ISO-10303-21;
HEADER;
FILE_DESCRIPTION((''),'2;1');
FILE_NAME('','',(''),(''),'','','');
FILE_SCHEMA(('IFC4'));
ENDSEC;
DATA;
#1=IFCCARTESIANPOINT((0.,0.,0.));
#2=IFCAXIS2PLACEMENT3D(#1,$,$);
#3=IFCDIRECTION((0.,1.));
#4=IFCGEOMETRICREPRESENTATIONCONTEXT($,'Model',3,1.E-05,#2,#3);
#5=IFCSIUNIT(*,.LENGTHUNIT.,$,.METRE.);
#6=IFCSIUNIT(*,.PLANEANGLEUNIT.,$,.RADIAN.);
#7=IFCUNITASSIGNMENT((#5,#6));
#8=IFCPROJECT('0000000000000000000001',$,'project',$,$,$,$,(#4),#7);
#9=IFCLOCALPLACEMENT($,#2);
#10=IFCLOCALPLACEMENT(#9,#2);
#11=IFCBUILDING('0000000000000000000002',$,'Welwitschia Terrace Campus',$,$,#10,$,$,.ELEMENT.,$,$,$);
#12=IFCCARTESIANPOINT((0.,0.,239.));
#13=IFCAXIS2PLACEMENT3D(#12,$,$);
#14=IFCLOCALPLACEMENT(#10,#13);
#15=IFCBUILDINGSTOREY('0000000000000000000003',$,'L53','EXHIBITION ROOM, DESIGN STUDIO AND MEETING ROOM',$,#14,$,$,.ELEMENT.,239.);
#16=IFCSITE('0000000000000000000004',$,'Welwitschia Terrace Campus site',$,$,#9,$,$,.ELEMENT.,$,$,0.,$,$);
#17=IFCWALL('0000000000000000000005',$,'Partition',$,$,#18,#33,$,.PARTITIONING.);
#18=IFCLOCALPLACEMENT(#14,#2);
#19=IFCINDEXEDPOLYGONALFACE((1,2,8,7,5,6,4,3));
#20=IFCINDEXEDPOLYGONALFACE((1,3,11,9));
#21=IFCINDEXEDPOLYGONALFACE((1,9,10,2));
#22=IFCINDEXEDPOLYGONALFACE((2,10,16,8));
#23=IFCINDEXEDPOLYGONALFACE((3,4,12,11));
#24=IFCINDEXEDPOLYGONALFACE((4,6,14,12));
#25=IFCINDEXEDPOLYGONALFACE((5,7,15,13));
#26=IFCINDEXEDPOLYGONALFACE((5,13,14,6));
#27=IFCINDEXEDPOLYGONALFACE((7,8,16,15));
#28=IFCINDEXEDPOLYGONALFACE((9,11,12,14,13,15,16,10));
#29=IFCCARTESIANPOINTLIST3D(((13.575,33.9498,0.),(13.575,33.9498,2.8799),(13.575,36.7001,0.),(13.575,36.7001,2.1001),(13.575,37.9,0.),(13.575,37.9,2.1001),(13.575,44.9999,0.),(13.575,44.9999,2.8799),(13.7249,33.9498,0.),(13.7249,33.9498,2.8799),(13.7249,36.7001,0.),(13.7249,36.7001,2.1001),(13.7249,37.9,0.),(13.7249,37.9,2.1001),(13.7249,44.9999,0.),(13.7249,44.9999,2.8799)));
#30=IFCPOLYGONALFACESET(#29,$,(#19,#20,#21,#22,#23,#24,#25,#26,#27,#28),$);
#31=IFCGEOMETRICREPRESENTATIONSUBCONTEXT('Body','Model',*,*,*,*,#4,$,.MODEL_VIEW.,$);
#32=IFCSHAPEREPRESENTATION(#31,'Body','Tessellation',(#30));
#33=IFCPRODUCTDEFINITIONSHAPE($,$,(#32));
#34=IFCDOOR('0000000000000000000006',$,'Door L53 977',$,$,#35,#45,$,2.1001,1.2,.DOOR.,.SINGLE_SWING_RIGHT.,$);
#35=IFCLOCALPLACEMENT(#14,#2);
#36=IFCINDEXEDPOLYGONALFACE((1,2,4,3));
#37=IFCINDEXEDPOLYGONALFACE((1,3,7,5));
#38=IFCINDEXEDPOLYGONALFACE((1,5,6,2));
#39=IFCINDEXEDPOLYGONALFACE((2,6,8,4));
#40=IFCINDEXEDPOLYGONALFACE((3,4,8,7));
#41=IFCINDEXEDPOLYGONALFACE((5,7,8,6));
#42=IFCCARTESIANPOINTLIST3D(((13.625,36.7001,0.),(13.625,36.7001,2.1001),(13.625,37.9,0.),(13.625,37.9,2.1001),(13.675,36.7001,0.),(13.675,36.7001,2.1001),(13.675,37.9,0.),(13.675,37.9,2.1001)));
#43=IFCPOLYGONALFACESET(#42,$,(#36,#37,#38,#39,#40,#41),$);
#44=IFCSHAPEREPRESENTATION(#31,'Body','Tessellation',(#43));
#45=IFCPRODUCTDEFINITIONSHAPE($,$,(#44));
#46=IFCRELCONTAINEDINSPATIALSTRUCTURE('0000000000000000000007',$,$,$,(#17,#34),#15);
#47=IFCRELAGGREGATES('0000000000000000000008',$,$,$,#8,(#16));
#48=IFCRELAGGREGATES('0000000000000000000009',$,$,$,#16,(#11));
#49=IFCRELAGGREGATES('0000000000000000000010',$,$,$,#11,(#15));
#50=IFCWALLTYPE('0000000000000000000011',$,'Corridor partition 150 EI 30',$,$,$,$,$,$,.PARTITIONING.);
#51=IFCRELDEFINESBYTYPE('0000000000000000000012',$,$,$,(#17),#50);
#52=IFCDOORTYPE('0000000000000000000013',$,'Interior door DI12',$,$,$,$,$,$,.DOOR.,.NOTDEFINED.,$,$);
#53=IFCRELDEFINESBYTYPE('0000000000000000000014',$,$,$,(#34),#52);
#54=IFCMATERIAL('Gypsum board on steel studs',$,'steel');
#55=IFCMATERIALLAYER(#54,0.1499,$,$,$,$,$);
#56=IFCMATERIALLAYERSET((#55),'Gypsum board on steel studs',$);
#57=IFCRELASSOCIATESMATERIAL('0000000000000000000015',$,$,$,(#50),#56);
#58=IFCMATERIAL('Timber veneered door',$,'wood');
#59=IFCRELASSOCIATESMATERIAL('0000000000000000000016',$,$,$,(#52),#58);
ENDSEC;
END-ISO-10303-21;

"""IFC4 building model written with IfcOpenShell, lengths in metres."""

from ifc_helpers import new_model, si_unit, direction, frame, frame_2d, origin, place, context, subcontext, project, spatial, rectangle, extrude, material, layer, layer_set, type_object, element, fill, save


model = new_model("IFC4")

# Units and contexts
model_context = context("Model", 3, precision=1e-05, world=origin(), true_north=direction((0.0, 1.0)))
body_context = subcontext(model_context, "Body", "Model", "MODEL_VIEW")
ifc_project = project(units=[si_unit("LENGTHUNIT", "METRE"), si_unit("PLANEANGLEUNIT", "RADIAN")], contexts=[model_context])

# Site, building, storey
site_placement = place(None, origin())
site = spatial("IfcSite", under=ifc_project, at=site_placement, Name="Welwitschia Terrace Campus site", CompositionType="ELEMENT", RefElevation=0.0)
building_placement = place(site_placement, origin())
building = spatial("IfcBuilding", under=site, at=building_placement, Name="Welwitschia Terrace Campus", CompositionType="ELEMENT")
storey_placement = place(building_placement, frame((0.0, 0.0, 239.0)))
storey = spatial("IfcBuildingStorey", under=building, at=storey_placement, Name="L53", Description="EXHIBITION ROOM, DESIGN STUDIO AND MEETING ROOM", CompositionType="ELEMENT", Elevation=239.0)

# Shared definitions
ifc_material_1 = material(Name="Gypsum board on steel studs", Category="steel")
ifc_layer_1 = layer(ifc_material_1, 0.1499)
ifc_layer_set_1 = layer_set([ifc_layer_1], Name="Gypsum board on steel studs")
wall_type = type_object("IfcWallType", Name="Corridor partition 150 EI 30", PredefinedType="PARTITIONING", material=ifc_layer_set_1)

# Wall, opening, door
wall_1_placement = place(storey_placement, frame((13.6499, 33.95, 0.0), z_axis=(0.0, 0.0, 1.0), x_axis=(0.0, 1.0, 0.0)))
wall_1 = element("IfcWall", 1, at=wall_1_placement, inside=storey, type_object=wall_type, Name="Partition", PredefinedType="PARTITIONING", context=body_context, shape_type="SweptSolid", body=[
    extrude(rectangle(XDim=11.05, YDim=0.1499, at=frame_2d((5.5249, 0.0))), origin(), (0.0, 0.0, 1.0), 2.8799),
])
opening_1_placement = place(wall_1_placement, frame((2.75, 0.0, 0.0)))
opening_1 = element("IfcOpeningElement", 2, at=opening_1_placement, cuts=wall_1, PredefinedType="OPENING", context=body_context, shape_type="SweptSolid", body=[
    extrude(rectangle(XDim=1.2, YDim=2.1001, at=frame_2d((0.6001, 1.05))), frame((0.0, 0.085, 0.0), z_axis=(0.0, -1.0, 0.0), x_axis=(1.0, 0.0, 0.0)), (0.0, 0.0, 1.0), 0.1699),
])
ifc_material_2 = material(Name="Timber veneered door", Category="wood")
door_type_1 = type_object("IfcDoorType", Name="Interior door DI12", OperationType="NOTDEFINED", PredefinedType="DOOR", material=ifc_material_2)
door_1_placement = place(opening_1_placement, origin())
door_1 = element("IfcDoor", 3, at=door_1_placement, inside=storey, type_object=door_type_1, Name="Door L53 977", OperationType="SINGLE_SWING_RIGHT", OverallHeight=2.1001, OverallWidth=1.2, PredefinedType="DOOR", context=body_context, shape_type="SweptSolid", body=[
    extrude(rectangle(XDim=1.2, YDim=2.1001, at=frame_2d((0.6001, 1.05))), frame((0.0, 0.0249, 0.0), z_axis=(0.0, -1.0, 0.0), x_axis=(1.0, 0.0, 0.0)), (0.0, 0.0, 1.0), 0.05),
])
fill(opening_1, door_1)

save(model, "model.ifc")
